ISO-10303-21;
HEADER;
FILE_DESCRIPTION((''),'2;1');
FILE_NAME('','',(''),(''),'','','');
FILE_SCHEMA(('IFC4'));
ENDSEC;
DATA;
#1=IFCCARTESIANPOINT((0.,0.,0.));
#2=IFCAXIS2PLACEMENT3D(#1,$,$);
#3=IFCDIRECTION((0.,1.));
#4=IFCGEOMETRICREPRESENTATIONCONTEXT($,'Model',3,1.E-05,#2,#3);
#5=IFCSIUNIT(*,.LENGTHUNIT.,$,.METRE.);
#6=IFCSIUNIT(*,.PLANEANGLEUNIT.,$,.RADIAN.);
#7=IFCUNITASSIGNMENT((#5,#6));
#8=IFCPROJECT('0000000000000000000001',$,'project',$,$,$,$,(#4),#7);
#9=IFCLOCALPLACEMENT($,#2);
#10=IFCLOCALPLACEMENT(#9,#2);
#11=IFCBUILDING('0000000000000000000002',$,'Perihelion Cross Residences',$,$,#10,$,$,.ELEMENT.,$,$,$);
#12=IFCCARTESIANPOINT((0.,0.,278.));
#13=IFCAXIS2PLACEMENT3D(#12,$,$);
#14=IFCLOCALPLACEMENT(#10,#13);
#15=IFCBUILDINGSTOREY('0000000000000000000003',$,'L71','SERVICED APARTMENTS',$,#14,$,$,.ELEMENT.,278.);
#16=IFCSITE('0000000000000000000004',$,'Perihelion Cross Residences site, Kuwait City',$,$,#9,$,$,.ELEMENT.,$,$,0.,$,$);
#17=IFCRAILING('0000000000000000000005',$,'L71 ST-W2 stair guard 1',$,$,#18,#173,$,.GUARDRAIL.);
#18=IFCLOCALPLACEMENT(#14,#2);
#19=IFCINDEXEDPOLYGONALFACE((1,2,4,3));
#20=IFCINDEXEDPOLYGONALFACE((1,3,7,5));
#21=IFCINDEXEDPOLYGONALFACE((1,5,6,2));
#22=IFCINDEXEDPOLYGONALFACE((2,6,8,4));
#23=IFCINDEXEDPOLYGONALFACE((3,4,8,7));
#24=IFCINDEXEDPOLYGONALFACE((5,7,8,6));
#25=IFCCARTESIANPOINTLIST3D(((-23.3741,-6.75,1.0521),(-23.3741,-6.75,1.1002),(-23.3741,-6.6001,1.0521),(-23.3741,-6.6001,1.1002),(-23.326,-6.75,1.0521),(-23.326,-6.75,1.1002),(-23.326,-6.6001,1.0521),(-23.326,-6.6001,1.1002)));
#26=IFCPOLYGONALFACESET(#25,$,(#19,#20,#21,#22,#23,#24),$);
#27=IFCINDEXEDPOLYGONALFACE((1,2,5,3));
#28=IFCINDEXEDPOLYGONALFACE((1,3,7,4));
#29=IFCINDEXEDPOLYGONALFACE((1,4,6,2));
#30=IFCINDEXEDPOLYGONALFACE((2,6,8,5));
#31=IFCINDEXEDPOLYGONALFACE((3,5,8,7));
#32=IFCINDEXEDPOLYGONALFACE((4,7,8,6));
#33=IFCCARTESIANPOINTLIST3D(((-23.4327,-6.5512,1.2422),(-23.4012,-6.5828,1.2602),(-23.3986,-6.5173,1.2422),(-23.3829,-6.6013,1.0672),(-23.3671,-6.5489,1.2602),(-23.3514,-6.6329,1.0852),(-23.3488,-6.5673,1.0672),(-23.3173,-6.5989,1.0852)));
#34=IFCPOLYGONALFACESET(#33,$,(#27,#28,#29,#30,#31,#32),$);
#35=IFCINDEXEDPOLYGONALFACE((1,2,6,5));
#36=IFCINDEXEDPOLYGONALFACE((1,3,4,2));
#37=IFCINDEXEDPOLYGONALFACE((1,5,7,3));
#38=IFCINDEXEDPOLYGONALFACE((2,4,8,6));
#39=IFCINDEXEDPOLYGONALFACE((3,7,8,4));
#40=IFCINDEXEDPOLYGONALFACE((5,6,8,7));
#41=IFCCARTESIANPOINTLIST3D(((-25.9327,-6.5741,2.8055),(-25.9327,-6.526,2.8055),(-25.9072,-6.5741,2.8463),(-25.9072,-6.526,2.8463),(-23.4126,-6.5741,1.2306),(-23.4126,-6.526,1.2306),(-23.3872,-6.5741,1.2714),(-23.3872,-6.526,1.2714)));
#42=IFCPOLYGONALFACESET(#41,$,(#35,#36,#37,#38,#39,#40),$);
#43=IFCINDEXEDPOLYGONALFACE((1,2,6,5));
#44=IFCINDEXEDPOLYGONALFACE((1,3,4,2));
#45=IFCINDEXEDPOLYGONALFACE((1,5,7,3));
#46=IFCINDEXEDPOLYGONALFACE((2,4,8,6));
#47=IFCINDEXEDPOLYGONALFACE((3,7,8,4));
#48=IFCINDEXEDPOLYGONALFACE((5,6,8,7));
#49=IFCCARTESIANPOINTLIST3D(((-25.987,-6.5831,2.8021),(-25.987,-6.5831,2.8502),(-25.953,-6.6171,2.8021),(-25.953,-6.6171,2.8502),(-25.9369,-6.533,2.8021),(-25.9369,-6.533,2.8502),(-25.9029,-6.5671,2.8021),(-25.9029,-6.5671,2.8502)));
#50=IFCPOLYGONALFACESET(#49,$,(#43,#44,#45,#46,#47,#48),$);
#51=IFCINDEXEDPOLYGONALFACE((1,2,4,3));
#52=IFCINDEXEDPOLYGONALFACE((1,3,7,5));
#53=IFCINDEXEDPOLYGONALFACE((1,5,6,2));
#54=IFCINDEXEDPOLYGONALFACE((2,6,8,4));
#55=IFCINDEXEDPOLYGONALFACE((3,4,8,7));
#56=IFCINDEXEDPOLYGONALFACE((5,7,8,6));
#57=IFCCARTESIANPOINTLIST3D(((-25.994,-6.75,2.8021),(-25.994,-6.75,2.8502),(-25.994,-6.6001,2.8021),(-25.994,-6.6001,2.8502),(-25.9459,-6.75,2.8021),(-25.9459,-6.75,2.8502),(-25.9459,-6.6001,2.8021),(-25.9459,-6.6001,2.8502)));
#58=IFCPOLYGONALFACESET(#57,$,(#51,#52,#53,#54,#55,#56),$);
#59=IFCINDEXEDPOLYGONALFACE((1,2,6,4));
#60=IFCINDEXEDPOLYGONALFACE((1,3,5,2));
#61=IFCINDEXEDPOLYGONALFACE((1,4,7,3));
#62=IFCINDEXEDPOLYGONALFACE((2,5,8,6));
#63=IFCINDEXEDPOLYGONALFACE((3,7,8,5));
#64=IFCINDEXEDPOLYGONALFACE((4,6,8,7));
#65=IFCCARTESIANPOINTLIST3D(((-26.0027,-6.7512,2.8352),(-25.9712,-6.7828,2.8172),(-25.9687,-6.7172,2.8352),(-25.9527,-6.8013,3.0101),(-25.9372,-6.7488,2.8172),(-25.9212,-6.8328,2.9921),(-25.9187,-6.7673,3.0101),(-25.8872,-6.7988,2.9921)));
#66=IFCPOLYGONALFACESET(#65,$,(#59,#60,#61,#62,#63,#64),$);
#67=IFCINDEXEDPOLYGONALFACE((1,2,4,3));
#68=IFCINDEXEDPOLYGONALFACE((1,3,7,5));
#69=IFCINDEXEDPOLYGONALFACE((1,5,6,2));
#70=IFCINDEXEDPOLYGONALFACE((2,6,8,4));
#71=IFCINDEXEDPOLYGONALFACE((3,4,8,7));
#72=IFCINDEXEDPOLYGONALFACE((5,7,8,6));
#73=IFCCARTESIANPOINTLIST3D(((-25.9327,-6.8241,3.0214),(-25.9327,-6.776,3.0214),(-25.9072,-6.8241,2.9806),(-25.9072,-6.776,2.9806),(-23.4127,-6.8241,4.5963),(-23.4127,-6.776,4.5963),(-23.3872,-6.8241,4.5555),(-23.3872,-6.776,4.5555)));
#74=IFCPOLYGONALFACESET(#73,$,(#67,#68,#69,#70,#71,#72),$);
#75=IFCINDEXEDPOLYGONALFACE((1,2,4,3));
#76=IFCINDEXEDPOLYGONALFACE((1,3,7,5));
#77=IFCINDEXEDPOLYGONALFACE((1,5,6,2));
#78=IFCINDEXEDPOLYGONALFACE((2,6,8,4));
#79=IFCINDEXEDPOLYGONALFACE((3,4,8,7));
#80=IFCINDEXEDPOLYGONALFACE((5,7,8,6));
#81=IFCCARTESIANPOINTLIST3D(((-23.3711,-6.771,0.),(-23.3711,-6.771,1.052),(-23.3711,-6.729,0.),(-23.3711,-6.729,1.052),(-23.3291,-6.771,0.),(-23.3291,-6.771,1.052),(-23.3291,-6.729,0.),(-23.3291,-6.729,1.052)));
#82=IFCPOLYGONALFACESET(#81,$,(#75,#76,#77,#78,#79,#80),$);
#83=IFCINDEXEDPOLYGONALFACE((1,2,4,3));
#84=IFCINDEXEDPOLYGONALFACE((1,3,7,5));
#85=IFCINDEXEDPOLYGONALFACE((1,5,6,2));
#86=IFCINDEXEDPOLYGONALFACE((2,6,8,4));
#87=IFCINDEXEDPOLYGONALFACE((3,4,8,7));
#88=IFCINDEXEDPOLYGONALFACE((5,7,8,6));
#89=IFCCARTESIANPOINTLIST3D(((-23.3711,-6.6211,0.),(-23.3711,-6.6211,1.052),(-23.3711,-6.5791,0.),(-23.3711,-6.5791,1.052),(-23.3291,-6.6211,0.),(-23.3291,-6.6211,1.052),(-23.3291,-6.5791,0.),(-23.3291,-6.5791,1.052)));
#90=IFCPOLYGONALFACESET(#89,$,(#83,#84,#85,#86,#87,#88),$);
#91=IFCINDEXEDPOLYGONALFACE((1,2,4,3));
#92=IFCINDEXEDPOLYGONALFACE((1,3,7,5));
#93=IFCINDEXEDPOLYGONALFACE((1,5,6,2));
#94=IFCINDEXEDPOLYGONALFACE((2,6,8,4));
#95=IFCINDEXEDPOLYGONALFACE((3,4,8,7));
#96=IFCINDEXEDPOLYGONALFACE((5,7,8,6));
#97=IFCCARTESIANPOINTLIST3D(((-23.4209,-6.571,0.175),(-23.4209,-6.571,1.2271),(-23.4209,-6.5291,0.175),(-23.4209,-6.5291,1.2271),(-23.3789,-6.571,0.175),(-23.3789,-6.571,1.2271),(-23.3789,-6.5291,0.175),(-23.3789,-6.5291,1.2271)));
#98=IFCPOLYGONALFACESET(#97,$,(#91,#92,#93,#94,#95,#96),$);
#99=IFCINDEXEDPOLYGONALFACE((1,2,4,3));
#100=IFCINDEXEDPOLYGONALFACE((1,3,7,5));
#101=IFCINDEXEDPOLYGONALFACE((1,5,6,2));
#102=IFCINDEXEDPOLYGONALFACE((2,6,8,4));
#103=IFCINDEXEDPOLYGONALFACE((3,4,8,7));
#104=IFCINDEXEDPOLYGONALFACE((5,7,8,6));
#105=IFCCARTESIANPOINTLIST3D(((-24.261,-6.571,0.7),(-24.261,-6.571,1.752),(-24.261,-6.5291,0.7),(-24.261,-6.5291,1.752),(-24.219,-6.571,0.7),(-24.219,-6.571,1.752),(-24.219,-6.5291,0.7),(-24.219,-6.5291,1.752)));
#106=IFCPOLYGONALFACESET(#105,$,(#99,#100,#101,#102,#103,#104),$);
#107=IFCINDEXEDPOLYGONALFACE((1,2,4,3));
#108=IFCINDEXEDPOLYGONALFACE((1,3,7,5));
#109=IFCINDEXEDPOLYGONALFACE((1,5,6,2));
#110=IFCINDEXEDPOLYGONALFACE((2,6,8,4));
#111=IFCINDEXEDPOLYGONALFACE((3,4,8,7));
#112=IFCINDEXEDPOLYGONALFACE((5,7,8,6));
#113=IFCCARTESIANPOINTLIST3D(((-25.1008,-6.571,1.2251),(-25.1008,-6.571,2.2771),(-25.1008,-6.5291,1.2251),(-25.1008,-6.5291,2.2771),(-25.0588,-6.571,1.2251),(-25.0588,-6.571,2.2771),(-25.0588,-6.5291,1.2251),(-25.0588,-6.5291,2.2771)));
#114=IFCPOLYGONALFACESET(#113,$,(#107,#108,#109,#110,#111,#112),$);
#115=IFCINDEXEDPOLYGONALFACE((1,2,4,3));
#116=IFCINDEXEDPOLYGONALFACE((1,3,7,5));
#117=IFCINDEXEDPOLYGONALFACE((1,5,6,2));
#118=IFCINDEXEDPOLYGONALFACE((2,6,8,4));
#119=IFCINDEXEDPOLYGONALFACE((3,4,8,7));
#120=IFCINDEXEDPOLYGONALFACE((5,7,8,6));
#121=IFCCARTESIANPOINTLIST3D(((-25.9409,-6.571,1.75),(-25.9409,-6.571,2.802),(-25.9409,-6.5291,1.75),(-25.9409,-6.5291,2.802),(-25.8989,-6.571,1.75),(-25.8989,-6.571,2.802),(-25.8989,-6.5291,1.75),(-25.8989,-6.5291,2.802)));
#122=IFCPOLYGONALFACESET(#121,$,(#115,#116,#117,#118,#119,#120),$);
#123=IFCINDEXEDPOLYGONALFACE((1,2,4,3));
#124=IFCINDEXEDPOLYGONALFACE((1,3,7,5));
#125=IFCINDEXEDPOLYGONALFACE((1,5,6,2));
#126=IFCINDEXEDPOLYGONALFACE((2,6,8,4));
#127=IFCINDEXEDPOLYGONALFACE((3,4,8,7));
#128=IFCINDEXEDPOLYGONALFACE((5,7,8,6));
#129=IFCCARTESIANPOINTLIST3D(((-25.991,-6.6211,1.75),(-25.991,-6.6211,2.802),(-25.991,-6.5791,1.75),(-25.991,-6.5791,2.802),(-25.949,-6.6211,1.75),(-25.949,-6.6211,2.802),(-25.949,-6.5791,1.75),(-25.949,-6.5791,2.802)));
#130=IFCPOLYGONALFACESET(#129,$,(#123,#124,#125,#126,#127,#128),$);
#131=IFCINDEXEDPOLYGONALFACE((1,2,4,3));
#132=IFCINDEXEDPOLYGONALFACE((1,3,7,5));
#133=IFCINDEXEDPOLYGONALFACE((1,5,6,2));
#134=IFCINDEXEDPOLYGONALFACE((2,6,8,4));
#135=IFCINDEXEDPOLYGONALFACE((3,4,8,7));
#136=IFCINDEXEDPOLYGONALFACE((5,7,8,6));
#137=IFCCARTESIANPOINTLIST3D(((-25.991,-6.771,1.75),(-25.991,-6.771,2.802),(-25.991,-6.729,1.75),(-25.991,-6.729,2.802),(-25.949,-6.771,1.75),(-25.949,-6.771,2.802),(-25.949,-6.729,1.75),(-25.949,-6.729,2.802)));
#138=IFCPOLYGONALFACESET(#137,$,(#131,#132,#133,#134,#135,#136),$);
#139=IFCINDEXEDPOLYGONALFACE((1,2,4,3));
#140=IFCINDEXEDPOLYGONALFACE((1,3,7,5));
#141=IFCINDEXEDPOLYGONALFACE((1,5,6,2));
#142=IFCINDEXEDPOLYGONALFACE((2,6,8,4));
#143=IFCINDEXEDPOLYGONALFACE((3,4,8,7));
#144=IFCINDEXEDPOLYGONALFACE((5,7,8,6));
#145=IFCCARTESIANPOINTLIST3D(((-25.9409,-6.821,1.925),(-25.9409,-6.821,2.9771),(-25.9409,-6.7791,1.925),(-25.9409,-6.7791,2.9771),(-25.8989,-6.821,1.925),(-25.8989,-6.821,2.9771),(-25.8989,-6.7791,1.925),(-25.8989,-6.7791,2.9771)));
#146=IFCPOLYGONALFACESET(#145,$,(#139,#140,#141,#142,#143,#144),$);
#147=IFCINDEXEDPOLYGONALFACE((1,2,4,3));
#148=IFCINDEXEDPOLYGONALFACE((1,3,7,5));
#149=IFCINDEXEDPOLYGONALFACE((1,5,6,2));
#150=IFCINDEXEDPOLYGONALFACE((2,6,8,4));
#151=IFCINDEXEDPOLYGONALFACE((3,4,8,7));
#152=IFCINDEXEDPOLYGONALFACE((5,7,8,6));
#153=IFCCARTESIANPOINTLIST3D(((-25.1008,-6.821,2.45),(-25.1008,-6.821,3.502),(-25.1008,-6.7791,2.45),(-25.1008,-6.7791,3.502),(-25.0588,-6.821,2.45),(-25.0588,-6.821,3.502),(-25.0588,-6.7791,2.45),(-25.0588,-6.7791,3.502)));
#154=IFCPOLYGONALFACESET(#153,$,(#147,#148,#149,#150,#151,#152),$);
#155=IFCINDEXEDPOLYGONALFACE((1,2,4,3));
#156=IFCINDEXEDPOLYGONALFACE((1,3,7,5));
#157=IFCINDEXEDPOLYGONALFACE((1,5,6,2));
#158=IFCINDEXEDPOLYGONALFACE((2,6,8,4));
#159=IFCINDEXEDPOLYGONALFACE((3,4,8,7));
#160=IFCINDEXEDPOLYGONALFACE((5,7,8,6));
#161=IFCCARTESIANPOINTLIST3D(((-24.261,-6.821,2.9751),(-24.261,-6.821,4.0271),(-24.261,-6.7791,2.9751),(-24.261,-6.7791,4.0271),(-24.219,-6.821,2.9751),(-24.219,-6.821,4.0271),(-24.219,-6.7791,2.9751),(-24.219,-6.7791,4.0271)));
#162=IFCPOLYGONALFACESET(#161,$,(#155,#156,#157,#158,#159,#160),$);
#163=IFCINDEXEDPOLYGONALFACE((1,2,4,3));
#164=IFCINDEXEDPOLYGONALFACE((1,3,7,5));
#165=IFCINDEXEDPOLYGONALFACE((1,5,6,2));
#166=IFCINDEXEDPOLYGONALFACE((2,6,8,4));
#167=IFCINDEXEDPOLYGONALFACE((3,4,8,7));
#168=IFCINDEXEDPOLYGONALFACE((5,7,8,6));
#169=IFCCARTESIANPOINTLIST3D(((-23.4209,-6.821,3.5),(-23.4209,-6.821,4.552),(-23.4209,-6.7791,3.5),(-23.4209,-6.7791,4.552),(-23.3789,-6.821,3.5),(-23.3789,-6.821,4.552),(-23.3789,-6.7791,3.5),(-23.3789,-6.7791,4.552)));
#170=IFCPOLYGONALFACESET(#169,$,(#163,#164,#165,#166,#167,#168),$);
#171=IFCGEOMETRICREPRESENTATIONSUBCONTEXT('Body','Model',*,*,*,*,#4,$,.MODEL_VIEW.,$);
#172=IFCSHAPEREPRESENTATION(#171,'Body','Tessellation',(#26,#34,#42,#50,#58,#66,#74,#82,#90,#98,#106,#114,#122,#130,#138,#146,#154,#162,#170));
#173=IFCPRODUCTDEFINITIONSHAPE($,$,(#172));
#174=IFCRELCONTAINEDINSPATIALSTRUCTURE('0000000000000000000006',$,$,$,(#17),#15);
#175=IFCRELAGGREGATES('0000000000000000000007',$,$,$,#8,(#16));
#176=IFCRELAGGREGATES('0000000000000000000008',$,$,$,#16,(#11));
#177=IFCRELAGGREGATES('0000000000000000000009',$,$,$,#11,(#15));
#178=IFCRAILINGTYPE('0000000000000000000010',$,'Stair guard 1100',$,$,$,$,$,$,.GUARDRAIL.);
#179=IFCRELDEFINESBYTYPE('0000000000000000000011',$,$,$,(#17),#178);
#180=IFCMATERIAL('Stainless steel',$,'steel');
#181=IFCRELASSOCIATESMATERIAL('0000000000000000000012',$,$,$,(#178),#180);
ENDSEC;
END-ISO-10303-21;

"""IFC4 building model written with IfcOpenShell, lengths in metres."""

from ifc_helpers import new_model, si_unit, direction, frame, origin, origin_2d, place, context, subcontext, project, spatial, rectangle, extrude, material, type_object, element, save


model = new_model("IFC4")

# Units and contexts
model_context = context("Model", 3, precision=1e-05, world=origin(), true_north=direction((0.0, 1.0)))
body_context = subcontext(model_context, "Body", "Model", "MODEL_VIEW")
ifc_project = project(units=[si_unit("LENGTHUNIT", "METRE"), si_unit("PLANEANGLEUNIT", "RADIAN")], contexts=[model_context])

# Site, building, storey
site_placement = place(None, origin())
site = spatial("IfcSite", under=ifc_project, at=site_placement, Name="Perihelion Cross Residences site, Kuwait City", CompositionType="ELEMENT", RefElevation=0.0)
building_placement = place(site_placement, origin())
building = spatial("IfcBuilding", under=site, at=building_placement, Name="Perihelion Cross Residences", CompositionType="ELEMENT")
storey_placement = place(building_placement, frame((0.0, 0.0, 278.0)))
storey = spatial("IfcBuildingStorey", under=building, at=storey_placement, Name="L71", Description="SERVICED APARTMENTS", CompositionType="ELEMENT", Elevation=278.0)

# Railing
ifc_material_1 = material(Name="Stainless steel", Category="steel")
railing_type_1 = type_object("IfcRailingType", Name="Stair guard 1100", PredefinedType="GUARDRAIL", material=ifc_material_1)
railing_1_placement = place(storey_placement, frame((-23.3501, -6.75, 0.0)))
element("IfcRailing", 1, at=railing_1_placement, inside=storey, type_object=railing_type_1, Name="L71 ST-W2 stair guard 1", PredefinedType="GUARDRAIL", context=body_context, shape_type="SweptSolid", body=[
    extrude(rectangle(XDim=0.0481, YDim=0.0481, at=origin_2d()), frame((0.0, 0.0, 1.0762), z_axis=(0.0, 1.0, 0.0), x_axis=(-1.0, 0.0, 0.0)), (0.0, 0.0, 1.0), 0.1499),
    extrude(rectangle(XDim=0.0481, YDim=0.0481, at=origin_2d()), frame((0.0, 0.1499, 1.0762), z_axis=(-0.263862, 0.265156, 0.927399), x_axis=(-0.708834, -0.705376, 0.0)), (0.0, 0.0, 1.0), 0.1887),
    extrude(rectangle(XDim=0.0481, YDim=0.0481, at=origin_2d()), frame((-0.0498, 0.2, 1.251), z_axis=(-0.848008, 0.0, 0.529984), x_axis=(0.0, -1.0, 0.0)), (0.0, 0.0, 1.0), 2.9717),
    extrude(rectangle(XDim=0.0481, YDim=0.0481, at=origin_2d()), frame((-2.5698, 0.2, 2.8262), z_axis=(-0.707107, -0.707107, 0.0), x_axis=(0.707107, -0.707107, 0.0)), (0.0, 0.0, 1.0), 0.0708),
    extrude(rectangle(XDim=0.0481, YDim=0.0481, at=origin_2d()), frame((-2.6199, 0.1499, 2.8262), z_axis=(0.0, -1.0, 0.0), x_axis=(1.0, 0.0, 0.0)), (0.0, 0.0, 1.0), 0.1499),
    extrude(rectangle(XDim=0.0481, YDim=0.0481, at=origin_2d()), frame((-2.6199, 0.0, 2.8262), z_axis=(0.265065, -0.265065, 0.927082), x_axis=(0.707107, 0.707107, 0.0)), (0.0, 0.0, 1.0), 0.1887),
    extrude(rectangle(XDim=0.0481, YDim=0.0481, at=origin_2d()), frame((-2.5698, -0.05, 3.001), z_axis=(0.848008, 0.0, 0.529984), x_axis=(0.0, 1.0, 0.0)), (0.0, 0.0, 1.0), 2.9717),
    extrude(rectangle(XDim=0.042, YDim=0.042, at=origin_2d()), origin(), (0.0, 0.0, 1.0), 1.052),
    extrude(rectangle(XDim=0.042, YDim=0.042, at=origin_2d()), frame((0.0, 0.1499, 0.0)), (0.0, 0.0, 1.0), 1.052),
    extrude(rectangle(XDim=0.042, YDim=0.042, at=origin_2d()), frame((-0.0498, 0.2, 0.175)), (0.0, 0.0, 1.0), 1.052),
    extrude(rectangle(XDim=0.042, YDim=0.042, at=origin_2d()), frame((-0.8899, 0.2, 0.7)), (0.0, 0.0, 1.0), 1.052),
    extrude(rectangle(XDim=0.042, YDim=0.042, at=origin_2d()), frame((-1.7297, 0.2, 1.2251)), (0.0, 0.0, 1.0), 1.052),
    extrude(rectangle(XDim=0.042, YDim=0.042, at=origin_2d()), frame((-2.5698, 0.2, 1.75)), (0.0, 0.0, 1.0), 1.052),
    extrude(rectangle(XDim=0.042, YDim=0.042, at=origin_2d()), frame((-2.6199, 0.1499, 1.75)), (0.0, 0.0, 1.0), 1.052),
    extrude(rectangle(XDim=0.042, YDim=0.042, at=origin_2d()), frame((-2.6199, 0.0, 1.75)), (0.0, 0.0, 1.0), 1.052),
    extrude(rectangle(XDim=0.042, YDim=0.042, at=origin_2d()), frame((-2.5698, -0.05, 1.925)), (0.0, 0.0, 1.0), 1.052),
    extrude(rectangle(XDim=0.042, YDim=0.042, at=origin_2d()), frame((-1.7297, -0.05, 2.45)), (0.0, 0.0, 1.0), 1.052),
    extrude(rectangle(XDim=0.042, YDim=0.042, at=origin_2d()), frame((-0.8899, -0.05, 2.9751)), (0.0, 0.0, 1.0), 1.052),
    extrude(rectangle(XDim=0.042, YDim=0.042, at=origin_2d()), frame((-0.0498, -0.05, 3.5)), (0.0, 0.0, 1.0), 1.052),
])

save(model, "model.ifc")
